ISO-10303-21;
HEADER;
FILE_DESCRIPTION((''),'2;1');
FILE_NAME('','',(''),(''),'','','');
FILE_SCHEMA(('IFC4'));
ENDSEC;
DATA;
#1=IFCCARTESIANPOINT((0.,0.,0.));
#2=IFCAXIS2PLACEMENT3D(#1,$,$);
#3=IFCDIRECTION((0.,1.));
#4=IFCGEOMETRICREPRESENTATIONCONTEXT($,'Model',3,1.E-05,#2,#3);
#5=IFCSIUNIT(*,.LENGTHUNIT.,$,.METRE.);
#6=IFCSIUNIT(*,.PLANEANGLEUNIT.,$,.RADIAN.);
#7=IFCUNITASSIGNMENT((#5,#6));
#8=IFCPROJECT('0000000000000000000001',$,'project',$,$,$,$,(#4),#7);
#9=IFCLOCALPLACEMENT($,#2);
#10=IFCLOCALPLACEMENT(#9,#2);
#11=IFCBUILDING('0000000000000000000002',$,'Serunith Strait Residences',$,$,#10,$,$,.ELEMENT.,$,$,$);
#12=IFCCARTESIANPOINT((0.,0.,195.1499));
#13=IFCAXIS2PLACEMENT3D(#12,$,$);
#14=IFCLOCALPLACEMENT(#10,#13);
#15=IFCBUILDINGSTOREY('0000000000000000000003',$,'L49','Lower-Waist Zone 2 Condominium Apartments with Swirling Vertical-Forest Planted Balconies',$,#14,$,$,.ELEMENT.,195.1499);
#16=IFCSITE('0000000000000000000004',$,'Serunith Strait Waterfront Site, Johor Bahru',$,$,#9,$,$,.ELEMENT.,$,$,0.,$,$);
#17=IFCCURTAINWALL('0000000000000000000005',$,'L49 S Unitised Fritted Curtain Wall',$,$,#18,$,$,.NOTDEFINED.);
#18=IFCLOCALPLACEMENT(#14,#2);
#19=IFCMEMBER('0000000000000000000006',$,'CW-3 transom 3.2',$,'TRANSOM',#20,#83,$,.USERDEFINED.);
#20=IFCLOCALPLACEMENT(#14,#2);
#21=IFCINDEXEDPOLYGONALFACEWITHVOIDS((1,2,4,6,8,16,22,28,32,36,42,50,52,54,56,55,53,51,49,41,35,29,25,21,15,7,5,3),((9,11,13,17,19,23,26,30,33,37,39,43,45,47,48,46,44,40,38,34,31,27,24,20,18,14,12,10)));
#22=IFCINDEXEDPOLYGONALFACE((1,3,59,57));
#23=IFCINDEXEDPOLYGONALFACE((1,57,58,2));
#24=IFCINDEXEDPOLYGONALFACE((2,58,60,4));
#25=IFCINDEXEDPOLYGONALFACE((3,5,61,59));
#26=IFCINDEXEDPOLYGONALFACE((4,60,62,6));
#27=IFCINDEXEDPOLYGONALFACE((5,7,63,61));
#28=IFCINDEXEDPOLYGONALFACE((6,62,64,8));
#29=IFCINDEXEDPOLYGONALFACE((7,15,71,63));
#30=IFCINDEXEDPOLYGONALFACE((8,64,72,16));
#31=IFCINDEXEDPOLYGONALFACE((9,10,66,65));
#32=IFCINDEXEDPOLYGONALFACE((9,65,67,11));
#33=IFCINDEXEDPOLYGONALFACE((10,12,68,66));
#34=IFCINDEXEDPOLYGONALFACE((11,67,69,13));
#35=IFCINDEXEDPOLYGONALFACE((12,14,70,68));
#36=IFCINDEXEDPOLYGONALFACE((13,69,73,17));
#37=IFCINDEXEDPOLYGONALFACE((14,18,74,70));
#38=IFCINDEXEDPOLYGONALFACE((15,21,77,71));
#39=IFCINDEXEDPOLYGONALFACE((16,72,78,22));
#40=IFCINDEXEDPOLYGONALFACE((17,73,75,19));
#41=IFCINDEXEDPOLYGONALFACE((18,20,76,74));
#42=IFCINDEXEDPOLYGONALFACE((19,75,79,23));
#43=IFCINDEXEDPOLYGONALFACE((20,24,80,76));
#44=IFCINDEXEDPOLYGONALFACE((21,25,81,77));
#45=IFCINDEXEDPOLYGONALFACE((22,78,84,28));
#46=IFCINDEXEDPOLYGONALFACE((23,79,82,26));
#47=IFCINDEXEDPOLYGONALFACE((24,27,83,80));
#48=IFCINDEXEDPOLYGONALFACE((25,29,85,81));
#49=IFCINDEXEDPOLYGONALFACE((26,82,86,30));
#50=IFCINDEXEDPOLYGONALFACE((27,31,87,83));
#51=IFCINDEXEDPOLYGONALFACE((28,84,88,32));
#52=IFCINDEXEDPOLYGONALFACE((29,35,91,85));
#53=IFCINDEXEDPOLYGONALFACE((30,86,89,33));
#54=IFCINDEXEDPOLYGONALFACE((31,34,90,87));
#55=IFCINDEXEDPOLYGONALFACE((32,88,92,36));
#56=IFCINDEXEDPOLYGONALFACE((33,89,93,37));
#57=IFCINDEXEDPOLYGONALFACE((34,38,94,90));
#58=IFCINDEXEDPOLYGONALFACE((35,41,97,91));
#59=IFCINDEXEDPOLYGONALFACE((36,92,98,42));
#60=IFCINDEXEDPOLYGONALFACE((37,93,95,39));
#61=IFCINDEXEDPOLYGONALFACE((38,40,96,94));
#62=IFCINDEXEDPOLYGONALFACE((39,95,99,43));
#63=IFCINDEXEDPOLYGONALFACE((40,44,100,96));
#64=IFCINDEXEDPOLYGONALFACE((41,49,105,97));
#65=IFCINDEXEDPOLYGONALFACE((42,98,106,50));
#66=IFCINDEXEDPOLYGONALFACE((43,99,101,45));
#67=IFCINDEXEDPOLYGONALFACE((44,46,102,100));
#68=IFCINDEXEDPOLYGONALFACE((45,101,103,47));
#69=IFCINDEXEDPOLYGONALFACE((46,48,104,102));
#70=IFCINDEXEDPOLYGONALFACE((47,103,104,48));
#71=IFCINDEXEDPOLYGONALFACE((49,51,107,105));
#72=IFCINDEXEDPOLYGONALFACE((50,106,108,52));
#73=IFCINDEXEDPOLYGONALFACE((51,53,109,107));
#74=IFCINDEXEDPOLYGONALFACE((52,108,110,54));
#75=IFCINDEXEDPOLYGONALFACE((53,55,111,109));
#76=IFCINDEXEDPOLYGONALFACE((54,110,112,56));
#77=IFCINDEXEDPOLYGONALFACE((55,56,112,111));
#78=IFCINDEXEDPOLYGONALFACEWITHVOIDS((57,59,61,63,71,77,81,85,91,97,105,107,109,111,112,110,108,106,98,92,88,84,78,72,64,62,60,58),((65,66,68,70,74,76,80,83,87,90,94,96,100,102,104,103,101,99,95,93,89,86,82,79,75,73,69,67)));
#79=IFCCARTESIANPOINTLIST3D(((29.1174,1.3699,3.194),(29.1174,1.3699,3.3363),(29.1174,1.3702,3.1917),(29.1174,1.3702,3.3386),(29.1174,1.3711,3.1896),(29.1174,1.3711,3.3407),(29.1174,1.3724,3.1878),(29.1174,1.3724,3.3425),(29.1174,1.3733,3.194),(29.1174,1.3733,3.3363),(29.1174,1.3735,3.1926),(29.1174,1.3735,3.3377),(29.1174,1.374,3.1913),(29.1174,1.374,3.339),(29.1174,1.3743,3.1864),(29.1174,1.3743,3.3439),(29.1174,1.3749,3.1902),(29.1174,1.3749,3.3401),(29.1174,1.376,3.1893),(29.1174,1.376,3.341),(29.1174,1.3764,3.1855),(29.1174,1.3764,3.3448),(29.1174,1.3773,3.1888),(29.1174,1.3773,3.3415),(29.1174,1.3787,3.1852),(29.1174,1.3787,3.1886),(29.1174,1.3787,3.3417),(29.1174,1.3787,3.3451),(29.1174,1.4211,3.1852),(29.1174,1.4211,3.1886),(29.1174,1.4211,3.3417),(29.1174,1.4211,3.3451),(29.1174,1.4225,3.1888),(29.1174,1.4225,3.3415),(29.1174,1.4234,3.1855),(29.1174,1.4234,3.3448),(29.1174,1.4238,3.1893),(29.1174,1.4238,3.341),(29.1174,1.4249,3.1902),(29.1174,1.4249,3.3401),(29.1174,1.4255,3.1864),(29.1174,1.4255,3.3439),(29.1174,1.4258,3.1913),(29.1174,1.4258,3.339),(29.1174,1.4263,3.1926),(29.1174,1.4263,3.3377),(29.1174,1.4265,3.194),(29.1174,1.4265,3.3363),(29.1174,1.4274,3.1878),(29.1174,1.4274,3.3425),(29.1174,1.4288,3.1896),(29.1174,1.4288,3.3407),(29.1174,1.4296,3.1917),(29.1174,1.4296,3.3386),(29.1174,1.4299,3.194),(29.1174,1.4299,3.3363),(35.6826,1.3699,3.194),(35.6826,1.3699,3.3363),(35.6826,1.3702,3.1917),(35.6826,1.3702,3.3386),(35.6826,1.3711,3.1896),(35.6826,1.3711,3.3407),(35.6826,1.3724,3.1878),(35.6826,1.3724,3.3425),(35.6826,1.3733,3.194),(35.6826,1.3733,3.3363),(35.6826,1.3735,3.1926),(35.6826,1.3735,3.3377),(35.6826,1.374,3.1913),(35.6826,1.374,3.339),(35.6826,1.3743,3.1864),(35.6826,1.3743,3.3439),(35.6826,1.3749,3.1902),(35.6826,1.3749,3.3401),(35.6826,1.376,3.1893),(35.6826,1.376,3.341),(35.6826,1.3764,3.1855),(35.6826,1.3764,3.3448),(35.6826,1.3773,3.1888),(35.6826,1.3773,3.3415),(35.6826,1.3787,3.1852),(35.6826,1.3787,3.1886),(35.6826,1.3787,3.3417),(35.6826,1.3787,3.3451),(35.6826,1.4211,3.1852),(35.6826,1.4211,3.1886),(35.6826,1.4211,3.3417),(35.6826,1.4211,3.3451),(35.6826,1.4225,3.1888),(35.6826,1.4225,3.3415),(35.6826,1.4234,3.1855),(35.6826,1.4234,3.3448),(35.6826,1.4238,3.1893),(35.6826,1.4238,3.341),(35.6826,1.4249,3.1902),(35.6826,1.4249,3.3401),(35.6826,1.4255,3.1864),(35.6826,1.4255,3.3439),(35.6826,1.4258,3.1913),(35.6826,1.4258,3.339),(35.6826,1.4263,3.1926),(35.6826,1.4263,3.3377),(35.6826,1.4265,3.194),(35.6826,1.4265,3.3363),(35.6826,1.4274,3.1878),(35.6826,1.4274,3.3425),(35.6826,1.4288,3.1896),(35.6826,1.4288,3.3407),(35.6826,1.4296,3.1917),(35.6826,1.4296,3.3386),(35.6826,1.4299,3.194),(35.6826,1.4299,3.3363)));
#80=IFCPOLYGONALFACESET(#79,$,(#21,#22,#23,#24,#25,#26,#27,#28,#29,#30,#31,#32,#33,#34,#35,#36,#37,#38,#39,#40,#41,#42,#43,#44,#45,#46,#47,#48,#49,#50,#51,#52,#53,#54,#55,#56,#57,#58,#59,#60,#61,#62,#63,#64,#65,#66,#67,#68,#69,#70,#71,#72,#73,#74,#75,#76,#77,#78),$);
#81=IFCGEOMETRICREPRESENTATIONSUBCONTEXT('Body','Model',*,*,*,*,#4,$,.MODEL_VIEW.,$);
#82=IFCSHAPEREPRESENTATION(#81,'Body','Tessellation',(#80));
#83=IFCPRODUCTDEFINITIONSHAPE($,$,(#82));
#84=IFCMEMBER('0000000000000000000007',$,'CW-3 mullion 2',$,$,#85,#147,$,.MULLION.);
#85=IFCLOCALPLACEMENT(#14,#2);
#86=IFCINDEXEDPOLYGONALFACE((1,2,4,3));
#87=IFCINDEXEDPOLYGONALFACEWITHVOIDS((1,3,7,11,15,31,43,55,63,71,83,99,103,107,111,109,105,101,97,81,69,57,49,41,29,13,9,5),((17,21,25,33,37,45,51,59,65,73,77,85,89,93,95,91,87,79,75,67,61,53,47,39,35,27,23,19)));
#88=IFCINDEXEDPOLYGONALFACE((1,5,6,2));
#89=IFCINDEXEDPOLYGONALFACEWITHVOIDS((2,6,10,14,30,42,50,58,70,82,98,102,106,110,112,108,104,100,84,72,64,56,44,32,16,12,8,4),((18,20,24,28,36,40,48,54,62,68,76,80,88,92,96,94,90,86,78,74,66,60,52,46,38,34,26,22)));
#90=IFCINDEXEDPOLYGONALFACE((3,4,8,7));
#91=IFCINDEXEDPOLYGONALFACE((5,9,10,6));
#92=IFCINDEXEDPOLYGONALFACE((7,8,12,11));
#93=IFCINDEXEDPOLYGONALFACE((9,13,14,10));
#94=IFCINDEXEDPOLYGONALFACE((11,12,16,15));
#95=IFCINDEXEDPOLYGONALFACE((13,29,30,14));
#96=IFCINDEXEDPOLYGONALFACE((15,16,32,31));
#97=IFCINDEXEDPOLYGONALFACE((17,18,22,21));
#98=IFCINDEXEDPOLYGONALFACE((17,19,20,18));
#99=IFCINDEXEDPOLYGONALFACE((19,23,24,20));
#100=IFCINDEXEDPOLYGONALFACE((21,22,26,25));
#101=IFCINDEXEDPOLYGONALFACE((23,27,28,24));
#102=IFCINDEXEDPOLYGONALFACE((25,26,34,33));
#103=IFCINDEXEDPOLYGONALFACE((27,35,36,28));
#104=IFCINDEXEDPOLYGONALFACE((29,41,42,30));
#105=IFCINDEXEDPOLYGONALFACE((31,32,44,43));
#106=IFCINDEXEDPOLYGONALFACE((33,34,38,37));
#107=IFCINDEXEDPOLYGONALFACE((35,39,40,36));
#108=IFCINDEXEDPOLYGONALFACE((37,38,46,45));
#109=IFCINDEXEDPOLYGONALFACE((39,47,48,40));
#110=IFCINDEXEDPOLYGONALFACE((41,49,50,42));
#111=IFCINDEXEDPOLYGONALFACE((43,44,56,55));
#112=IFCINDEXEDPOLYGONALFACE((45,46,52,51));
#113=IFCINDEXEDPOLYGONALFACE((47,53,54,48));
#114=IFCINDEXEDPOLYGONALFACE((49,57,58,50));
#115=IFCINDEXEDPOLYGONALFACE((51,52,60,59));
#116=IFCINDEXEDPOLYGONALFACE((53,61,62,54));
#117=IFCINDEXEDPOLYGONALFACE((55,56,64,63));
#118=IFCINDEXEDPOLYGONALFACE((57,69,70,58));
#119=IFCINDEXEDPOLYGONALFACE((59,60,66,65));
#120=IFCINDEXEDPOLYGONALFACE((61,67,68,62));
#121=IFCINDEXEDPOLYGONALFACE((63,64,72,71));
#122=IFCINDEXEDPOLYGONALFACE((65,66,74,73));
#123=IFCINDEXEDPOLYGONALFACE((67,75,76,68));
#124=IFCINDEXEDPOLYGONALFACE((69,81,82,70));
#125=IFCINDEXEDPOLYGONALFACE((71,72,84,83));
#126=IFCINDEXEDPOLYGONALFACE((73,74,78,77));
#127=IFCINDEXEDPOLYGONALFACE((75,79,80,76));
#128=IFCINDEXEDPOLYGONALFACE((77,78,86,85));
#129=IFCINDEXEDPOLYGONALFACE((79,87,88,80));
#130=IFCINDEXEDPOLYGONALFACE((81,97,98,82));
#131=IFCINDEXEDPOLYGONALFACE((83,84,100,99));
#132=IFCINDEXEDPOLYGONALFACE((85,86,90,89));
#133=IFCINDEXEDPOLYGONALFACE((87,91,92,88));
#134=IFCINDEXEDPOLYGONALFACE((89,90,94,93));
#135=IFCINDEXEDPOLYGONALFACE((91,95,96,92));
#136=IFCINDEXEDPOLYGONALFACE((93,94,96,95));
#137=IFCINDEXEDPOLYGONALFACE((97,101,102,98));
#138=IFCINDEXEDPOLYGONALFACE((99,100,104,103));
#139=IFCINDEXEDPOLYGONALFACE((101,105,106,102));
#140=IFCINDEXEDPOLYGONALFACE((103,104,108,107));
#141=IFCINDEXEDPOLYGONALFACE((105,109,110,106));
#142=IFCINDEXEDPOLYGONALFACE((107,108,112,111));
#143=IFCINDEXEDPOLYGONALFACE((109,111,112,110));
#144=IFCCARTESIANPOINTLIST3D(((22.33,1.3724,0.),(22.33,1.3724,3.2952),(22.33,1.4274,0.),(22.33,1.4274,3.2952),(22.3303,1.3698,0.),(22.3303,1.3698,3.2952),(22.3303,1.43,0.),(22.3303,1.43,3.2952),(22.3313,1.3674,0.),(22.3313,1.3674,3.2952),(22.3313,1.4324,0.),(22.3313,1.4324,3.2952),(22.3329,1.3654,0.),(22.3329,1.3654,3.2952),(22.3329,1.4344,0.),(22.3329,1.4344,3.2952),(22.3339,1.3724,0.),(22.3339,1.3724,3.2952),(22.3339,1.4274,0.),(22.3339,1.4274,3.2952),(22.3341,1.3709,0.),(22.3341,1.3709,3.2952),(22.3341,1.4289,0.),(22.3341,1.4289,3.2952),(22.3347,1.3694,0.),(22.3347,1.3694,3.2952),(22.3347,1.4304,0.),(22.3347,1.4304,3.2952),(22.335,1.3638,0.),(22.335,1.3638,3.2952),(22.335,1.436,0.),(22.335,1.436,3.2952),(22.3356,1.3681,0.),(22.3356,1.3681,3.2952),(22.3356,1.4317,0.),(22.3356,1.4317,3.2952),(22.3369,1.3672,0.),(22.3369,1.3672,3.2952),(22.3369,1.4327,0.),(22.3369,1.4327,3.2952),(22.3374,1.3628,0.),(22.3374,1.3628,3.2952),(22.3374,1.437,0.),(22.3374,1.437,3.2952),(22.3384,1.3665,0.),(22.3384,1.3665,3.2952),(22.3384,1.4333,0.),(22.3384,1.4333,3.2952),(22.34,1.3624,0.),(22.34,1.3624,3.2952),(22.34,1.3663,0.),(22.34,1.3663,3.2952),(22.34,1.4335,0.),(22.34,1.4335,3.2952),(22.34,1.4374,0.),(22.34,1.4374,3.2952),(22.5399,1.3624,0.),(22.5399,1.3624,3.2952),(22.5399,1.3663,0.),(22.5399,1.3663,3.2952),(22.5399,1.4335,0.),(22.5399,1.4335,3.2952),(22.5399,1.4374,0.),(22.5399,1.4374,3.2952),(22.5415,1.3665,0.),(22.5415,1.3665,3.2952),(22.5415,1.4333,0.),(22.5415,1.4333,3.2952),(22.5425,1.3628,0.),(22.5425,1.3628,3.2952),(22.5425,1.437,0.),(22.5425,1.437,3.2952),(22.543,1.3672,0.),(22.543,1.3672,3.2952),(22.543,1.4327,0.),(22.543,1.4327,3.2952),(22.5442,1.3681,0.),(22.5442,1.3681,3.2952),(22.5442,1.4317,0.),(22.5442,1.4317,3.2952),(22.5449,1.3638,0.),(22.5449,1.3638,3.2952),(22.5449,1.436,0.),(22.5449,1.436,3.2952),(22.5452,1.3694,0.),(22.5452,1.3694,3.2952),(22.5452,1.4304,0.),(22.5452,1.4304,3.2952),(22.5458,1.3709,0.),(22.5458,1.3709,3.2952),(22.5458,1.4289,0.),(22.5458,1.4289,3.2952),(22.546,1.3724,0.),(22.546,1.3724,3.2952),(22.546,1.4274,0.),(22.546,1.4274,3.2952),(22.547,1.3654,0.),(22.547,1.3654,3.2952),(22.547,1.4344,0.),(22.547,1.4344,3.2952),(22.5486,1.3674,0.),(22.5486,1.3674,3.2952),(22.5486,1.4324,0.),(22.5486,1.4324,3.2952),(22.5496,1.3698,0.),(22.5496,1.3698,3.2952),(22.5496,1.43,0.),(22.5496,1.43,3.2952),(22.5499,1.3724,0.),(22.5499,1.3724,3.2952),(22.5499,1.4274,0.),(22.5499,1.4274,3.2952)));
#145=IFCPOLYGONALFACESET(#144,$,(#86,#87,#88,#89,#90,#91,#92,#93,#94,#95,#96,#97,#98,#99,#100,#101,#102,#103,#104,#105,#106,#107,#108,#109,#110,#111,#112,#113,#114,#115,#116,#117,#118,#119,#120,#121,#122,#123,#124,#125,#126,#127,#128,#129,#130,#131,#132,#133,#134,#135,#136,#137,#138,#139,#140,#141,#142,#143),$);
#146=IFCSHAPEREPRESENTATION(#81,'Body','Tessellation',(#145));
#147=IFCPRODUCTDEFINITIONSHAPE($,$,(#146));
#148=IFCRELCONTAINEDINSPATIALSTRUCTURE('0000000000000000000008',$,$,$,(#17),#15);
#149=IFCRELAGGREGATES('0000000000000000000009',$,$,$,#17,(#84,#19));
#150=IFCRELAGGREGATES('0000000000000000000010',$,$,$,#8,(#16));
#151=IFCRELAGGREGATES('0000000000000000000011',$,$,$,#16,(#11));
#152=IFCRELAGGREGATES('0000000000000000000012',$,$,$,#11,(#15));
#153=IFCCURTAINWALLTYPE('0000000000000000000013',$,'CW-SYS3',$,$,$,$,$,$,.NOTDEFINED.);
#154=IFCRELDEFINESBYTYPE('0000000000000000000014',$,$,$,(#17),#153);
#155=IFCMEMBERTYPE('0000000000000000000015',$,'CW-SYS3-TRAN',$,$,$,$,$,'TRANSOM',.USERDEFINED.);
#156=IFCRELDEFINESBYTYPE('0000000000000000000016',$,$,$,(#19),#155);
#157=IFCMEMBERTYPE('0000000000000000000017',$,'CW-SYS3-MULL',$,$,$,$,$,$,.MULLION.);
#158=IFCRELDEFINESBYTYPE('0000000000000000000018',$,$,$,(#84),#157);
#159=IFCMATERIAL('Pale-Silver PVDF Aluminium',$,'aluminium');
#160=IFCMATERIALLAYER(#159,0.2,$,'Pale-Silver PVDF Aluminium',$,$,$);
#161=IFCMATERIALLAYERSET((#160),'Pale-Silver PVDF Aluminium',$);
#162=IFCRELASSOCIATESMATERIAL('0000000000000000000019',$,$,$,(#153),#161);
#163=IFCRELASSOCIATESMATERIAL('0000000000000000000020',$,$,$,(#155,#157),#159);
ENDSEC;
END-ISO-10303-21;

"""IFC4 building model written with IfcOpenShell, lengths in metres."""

from ifc_helpers import new_model, si_unit, direction, frame, origin, origin_2d, place, context, subcontext, project, spatial, hollow_rectangle, extrude, source, transform, mapped, material, layer, layer_set, material_profile, profile_set, type_object, element, aggregate, save


model = new_model("IFC4")

# Units and contexts
model_context = context("Model", 3, precision=1e-05, world=origin(), true_north=direction((0.0, 1.0)))
body_context = subcontext(model_context, "Body", "Model", "MODEL_VIEW")
ifc_project = project(units=[si_unit("LENGTHUNIT", "METRE"), si_unit("PLANEANGLEUNIT", "RADIAN")], contexts=[model_context])

# Site, building, storey
site_placement = place(None, origin())
site = spatial("IfcSite", under=ifc_project, at=site_placement, Name="Serunith Strait Waterfront Site, Johor Bahru", CompositionType="ELEMENT", RefElevation=0.0)
building_placement = place(site_placement, origin())
building = spatial("IfcBuilding", under=site, at=building_placement, Name="Serunith Strait Residences", CompositionType="ELEMENT")
storey_placement = place(building_placement, frame((0.0, 0.0, 195.1499)))
storey = spatial("IfcBuildingStorey", under=building, at=storey_placement, Name="L49", Description="Lower-Waist Zone 2 Condominium Apartments with Swirling Vertical-Forest Planted Balconies", CompositionType="ELEMENT", Elevation=195.1499)

# Curtain wall, members
ifc_material_1 = material(Name="Pale-Silver PVDF Aluminium", Category="aluminium")
ifc_layer_1 = layer(ifc_material_1, 0.2, Name="Pale-Silver PVDF Aluminium")
ifc_layer_set_1 = layer_set([ifc_layer_1], Name="Pale-Silver PVDF Aluminium")
curtain_wall_type = type_object("IfcCurtainWallType", Name="CW-SYS3", PredefinedType="NOTDEFINED", material=ifc_layer_set_1)
curtain_wall_placement = place(storey_placement, origin())
curtain_wall = element("IfcCurtainWall", 1, at=curtain_wall_placement, inside=storey, type_object=curtain_wall_type, Name="L49 S Unitised Fritted Curtain Wall", PredefinedType="NOTDEFINED")
ifc_material_profile_1 = material_profile(ifc_material_1, hollow_rectangle(XDim=0.0601, YDim=0.1599, WallThickness=0.0034, InnerFilletRadius=0.0054, OuterFilletRadius=0.0088, at=origin_2d()), Name="ALU 160x60x3.5")
ifc_profile_set_1 = profile_set([ifc_material_profile_1], Name="Pale-Silver PVDF Aluminium")
member_type_1 = type_object("IfcMemberType", Name="CW-SYS3-TRAN", ElementType="TRANSOM", PredefinedType="USERDEFINED", material=ifc_profile_set_1)
shared_shape_1 = source(origin(), body_context, "Body", "SweptSolid", [
    extrude(hollow_rectangle(XDim=0.0601, YDim=0.1599, WallThickness=0.0034, InnerFilletRadius=0.0054, OuterFilletRadius=0.0088, at=origin_2d()), origin(), (0.0, 0.0, 1.0), 6.5652),
])
member_1_placement = place(storey_placement, frame((29.1174, 1.3999, 3.2651), z_axis=(1.0, 0.0, 0.0), x_axis=(0.0, 1.0, 0.0)))
member_1 = element("IfcMember", 2, at=member_1_placement, type_object=member_type_1, Name="CW-3 transom 3.2", ObjectType="TRANSOM", PredefinedType="USERDEFINED", context=body_context, shape_type="MappedRepresentation", body=[
    mapped(shared_shape_1, transform((0.0, 0.0, 0.0), scale=1.0)),
])
ifc_material_profile_2 = material_profile(ifc_material_1, hollow_rectangle(XDim=0.075, YDim=0.22, WallThickness=0.0039, InnerFilletRadius=0.0061, OuterFilletRadius=0.01, at=origin_2d()), Name="ALU 220x75x4")
ifc_profile_set_2 = profile_set([ifc_material_profile_2], Name="Pale-Silver PVDF Aluminium")
member_type_2 = type_object("IfcMemberType", Name="CW-SYS3-MULL", PredefinedType="MULLION", material=ifc_profile_set_2)
shared_shape_2 = source(origin(), body_context, "Body", "SweptSolid", [
    extrude(hollow_rectangle(XDim=0.075, YDim=0.22, WallThickness=0.0039, InnerFilletRadius=0.0061, OuterFilletRadius=0.01, at=origin_2d()), origin(), (0.0, 0.0, 1.0), 3.2952),
])
member_2_placement = place(storey_placement, frame((22.4399, 1.3999, 0.0), z_axis=(0.0, 0.0, 1.0), x_axis=(0.0, 1.0, 0.0)))
member_2 = element("IfcMember", 3, at=member_2_placement, type_object=member_type_2, Name="CW-3 mullion 2", PredefinedType="MULLION", context=body_context, shape_type="MappedRepresentation", body=[
    mapped(shared_shape_2, transform((0.0, 0.0, 0.0), scale=1.0)),
])
aggregate(curtain_wall, [member_2, member_1])

save(model, "model.ifc")
